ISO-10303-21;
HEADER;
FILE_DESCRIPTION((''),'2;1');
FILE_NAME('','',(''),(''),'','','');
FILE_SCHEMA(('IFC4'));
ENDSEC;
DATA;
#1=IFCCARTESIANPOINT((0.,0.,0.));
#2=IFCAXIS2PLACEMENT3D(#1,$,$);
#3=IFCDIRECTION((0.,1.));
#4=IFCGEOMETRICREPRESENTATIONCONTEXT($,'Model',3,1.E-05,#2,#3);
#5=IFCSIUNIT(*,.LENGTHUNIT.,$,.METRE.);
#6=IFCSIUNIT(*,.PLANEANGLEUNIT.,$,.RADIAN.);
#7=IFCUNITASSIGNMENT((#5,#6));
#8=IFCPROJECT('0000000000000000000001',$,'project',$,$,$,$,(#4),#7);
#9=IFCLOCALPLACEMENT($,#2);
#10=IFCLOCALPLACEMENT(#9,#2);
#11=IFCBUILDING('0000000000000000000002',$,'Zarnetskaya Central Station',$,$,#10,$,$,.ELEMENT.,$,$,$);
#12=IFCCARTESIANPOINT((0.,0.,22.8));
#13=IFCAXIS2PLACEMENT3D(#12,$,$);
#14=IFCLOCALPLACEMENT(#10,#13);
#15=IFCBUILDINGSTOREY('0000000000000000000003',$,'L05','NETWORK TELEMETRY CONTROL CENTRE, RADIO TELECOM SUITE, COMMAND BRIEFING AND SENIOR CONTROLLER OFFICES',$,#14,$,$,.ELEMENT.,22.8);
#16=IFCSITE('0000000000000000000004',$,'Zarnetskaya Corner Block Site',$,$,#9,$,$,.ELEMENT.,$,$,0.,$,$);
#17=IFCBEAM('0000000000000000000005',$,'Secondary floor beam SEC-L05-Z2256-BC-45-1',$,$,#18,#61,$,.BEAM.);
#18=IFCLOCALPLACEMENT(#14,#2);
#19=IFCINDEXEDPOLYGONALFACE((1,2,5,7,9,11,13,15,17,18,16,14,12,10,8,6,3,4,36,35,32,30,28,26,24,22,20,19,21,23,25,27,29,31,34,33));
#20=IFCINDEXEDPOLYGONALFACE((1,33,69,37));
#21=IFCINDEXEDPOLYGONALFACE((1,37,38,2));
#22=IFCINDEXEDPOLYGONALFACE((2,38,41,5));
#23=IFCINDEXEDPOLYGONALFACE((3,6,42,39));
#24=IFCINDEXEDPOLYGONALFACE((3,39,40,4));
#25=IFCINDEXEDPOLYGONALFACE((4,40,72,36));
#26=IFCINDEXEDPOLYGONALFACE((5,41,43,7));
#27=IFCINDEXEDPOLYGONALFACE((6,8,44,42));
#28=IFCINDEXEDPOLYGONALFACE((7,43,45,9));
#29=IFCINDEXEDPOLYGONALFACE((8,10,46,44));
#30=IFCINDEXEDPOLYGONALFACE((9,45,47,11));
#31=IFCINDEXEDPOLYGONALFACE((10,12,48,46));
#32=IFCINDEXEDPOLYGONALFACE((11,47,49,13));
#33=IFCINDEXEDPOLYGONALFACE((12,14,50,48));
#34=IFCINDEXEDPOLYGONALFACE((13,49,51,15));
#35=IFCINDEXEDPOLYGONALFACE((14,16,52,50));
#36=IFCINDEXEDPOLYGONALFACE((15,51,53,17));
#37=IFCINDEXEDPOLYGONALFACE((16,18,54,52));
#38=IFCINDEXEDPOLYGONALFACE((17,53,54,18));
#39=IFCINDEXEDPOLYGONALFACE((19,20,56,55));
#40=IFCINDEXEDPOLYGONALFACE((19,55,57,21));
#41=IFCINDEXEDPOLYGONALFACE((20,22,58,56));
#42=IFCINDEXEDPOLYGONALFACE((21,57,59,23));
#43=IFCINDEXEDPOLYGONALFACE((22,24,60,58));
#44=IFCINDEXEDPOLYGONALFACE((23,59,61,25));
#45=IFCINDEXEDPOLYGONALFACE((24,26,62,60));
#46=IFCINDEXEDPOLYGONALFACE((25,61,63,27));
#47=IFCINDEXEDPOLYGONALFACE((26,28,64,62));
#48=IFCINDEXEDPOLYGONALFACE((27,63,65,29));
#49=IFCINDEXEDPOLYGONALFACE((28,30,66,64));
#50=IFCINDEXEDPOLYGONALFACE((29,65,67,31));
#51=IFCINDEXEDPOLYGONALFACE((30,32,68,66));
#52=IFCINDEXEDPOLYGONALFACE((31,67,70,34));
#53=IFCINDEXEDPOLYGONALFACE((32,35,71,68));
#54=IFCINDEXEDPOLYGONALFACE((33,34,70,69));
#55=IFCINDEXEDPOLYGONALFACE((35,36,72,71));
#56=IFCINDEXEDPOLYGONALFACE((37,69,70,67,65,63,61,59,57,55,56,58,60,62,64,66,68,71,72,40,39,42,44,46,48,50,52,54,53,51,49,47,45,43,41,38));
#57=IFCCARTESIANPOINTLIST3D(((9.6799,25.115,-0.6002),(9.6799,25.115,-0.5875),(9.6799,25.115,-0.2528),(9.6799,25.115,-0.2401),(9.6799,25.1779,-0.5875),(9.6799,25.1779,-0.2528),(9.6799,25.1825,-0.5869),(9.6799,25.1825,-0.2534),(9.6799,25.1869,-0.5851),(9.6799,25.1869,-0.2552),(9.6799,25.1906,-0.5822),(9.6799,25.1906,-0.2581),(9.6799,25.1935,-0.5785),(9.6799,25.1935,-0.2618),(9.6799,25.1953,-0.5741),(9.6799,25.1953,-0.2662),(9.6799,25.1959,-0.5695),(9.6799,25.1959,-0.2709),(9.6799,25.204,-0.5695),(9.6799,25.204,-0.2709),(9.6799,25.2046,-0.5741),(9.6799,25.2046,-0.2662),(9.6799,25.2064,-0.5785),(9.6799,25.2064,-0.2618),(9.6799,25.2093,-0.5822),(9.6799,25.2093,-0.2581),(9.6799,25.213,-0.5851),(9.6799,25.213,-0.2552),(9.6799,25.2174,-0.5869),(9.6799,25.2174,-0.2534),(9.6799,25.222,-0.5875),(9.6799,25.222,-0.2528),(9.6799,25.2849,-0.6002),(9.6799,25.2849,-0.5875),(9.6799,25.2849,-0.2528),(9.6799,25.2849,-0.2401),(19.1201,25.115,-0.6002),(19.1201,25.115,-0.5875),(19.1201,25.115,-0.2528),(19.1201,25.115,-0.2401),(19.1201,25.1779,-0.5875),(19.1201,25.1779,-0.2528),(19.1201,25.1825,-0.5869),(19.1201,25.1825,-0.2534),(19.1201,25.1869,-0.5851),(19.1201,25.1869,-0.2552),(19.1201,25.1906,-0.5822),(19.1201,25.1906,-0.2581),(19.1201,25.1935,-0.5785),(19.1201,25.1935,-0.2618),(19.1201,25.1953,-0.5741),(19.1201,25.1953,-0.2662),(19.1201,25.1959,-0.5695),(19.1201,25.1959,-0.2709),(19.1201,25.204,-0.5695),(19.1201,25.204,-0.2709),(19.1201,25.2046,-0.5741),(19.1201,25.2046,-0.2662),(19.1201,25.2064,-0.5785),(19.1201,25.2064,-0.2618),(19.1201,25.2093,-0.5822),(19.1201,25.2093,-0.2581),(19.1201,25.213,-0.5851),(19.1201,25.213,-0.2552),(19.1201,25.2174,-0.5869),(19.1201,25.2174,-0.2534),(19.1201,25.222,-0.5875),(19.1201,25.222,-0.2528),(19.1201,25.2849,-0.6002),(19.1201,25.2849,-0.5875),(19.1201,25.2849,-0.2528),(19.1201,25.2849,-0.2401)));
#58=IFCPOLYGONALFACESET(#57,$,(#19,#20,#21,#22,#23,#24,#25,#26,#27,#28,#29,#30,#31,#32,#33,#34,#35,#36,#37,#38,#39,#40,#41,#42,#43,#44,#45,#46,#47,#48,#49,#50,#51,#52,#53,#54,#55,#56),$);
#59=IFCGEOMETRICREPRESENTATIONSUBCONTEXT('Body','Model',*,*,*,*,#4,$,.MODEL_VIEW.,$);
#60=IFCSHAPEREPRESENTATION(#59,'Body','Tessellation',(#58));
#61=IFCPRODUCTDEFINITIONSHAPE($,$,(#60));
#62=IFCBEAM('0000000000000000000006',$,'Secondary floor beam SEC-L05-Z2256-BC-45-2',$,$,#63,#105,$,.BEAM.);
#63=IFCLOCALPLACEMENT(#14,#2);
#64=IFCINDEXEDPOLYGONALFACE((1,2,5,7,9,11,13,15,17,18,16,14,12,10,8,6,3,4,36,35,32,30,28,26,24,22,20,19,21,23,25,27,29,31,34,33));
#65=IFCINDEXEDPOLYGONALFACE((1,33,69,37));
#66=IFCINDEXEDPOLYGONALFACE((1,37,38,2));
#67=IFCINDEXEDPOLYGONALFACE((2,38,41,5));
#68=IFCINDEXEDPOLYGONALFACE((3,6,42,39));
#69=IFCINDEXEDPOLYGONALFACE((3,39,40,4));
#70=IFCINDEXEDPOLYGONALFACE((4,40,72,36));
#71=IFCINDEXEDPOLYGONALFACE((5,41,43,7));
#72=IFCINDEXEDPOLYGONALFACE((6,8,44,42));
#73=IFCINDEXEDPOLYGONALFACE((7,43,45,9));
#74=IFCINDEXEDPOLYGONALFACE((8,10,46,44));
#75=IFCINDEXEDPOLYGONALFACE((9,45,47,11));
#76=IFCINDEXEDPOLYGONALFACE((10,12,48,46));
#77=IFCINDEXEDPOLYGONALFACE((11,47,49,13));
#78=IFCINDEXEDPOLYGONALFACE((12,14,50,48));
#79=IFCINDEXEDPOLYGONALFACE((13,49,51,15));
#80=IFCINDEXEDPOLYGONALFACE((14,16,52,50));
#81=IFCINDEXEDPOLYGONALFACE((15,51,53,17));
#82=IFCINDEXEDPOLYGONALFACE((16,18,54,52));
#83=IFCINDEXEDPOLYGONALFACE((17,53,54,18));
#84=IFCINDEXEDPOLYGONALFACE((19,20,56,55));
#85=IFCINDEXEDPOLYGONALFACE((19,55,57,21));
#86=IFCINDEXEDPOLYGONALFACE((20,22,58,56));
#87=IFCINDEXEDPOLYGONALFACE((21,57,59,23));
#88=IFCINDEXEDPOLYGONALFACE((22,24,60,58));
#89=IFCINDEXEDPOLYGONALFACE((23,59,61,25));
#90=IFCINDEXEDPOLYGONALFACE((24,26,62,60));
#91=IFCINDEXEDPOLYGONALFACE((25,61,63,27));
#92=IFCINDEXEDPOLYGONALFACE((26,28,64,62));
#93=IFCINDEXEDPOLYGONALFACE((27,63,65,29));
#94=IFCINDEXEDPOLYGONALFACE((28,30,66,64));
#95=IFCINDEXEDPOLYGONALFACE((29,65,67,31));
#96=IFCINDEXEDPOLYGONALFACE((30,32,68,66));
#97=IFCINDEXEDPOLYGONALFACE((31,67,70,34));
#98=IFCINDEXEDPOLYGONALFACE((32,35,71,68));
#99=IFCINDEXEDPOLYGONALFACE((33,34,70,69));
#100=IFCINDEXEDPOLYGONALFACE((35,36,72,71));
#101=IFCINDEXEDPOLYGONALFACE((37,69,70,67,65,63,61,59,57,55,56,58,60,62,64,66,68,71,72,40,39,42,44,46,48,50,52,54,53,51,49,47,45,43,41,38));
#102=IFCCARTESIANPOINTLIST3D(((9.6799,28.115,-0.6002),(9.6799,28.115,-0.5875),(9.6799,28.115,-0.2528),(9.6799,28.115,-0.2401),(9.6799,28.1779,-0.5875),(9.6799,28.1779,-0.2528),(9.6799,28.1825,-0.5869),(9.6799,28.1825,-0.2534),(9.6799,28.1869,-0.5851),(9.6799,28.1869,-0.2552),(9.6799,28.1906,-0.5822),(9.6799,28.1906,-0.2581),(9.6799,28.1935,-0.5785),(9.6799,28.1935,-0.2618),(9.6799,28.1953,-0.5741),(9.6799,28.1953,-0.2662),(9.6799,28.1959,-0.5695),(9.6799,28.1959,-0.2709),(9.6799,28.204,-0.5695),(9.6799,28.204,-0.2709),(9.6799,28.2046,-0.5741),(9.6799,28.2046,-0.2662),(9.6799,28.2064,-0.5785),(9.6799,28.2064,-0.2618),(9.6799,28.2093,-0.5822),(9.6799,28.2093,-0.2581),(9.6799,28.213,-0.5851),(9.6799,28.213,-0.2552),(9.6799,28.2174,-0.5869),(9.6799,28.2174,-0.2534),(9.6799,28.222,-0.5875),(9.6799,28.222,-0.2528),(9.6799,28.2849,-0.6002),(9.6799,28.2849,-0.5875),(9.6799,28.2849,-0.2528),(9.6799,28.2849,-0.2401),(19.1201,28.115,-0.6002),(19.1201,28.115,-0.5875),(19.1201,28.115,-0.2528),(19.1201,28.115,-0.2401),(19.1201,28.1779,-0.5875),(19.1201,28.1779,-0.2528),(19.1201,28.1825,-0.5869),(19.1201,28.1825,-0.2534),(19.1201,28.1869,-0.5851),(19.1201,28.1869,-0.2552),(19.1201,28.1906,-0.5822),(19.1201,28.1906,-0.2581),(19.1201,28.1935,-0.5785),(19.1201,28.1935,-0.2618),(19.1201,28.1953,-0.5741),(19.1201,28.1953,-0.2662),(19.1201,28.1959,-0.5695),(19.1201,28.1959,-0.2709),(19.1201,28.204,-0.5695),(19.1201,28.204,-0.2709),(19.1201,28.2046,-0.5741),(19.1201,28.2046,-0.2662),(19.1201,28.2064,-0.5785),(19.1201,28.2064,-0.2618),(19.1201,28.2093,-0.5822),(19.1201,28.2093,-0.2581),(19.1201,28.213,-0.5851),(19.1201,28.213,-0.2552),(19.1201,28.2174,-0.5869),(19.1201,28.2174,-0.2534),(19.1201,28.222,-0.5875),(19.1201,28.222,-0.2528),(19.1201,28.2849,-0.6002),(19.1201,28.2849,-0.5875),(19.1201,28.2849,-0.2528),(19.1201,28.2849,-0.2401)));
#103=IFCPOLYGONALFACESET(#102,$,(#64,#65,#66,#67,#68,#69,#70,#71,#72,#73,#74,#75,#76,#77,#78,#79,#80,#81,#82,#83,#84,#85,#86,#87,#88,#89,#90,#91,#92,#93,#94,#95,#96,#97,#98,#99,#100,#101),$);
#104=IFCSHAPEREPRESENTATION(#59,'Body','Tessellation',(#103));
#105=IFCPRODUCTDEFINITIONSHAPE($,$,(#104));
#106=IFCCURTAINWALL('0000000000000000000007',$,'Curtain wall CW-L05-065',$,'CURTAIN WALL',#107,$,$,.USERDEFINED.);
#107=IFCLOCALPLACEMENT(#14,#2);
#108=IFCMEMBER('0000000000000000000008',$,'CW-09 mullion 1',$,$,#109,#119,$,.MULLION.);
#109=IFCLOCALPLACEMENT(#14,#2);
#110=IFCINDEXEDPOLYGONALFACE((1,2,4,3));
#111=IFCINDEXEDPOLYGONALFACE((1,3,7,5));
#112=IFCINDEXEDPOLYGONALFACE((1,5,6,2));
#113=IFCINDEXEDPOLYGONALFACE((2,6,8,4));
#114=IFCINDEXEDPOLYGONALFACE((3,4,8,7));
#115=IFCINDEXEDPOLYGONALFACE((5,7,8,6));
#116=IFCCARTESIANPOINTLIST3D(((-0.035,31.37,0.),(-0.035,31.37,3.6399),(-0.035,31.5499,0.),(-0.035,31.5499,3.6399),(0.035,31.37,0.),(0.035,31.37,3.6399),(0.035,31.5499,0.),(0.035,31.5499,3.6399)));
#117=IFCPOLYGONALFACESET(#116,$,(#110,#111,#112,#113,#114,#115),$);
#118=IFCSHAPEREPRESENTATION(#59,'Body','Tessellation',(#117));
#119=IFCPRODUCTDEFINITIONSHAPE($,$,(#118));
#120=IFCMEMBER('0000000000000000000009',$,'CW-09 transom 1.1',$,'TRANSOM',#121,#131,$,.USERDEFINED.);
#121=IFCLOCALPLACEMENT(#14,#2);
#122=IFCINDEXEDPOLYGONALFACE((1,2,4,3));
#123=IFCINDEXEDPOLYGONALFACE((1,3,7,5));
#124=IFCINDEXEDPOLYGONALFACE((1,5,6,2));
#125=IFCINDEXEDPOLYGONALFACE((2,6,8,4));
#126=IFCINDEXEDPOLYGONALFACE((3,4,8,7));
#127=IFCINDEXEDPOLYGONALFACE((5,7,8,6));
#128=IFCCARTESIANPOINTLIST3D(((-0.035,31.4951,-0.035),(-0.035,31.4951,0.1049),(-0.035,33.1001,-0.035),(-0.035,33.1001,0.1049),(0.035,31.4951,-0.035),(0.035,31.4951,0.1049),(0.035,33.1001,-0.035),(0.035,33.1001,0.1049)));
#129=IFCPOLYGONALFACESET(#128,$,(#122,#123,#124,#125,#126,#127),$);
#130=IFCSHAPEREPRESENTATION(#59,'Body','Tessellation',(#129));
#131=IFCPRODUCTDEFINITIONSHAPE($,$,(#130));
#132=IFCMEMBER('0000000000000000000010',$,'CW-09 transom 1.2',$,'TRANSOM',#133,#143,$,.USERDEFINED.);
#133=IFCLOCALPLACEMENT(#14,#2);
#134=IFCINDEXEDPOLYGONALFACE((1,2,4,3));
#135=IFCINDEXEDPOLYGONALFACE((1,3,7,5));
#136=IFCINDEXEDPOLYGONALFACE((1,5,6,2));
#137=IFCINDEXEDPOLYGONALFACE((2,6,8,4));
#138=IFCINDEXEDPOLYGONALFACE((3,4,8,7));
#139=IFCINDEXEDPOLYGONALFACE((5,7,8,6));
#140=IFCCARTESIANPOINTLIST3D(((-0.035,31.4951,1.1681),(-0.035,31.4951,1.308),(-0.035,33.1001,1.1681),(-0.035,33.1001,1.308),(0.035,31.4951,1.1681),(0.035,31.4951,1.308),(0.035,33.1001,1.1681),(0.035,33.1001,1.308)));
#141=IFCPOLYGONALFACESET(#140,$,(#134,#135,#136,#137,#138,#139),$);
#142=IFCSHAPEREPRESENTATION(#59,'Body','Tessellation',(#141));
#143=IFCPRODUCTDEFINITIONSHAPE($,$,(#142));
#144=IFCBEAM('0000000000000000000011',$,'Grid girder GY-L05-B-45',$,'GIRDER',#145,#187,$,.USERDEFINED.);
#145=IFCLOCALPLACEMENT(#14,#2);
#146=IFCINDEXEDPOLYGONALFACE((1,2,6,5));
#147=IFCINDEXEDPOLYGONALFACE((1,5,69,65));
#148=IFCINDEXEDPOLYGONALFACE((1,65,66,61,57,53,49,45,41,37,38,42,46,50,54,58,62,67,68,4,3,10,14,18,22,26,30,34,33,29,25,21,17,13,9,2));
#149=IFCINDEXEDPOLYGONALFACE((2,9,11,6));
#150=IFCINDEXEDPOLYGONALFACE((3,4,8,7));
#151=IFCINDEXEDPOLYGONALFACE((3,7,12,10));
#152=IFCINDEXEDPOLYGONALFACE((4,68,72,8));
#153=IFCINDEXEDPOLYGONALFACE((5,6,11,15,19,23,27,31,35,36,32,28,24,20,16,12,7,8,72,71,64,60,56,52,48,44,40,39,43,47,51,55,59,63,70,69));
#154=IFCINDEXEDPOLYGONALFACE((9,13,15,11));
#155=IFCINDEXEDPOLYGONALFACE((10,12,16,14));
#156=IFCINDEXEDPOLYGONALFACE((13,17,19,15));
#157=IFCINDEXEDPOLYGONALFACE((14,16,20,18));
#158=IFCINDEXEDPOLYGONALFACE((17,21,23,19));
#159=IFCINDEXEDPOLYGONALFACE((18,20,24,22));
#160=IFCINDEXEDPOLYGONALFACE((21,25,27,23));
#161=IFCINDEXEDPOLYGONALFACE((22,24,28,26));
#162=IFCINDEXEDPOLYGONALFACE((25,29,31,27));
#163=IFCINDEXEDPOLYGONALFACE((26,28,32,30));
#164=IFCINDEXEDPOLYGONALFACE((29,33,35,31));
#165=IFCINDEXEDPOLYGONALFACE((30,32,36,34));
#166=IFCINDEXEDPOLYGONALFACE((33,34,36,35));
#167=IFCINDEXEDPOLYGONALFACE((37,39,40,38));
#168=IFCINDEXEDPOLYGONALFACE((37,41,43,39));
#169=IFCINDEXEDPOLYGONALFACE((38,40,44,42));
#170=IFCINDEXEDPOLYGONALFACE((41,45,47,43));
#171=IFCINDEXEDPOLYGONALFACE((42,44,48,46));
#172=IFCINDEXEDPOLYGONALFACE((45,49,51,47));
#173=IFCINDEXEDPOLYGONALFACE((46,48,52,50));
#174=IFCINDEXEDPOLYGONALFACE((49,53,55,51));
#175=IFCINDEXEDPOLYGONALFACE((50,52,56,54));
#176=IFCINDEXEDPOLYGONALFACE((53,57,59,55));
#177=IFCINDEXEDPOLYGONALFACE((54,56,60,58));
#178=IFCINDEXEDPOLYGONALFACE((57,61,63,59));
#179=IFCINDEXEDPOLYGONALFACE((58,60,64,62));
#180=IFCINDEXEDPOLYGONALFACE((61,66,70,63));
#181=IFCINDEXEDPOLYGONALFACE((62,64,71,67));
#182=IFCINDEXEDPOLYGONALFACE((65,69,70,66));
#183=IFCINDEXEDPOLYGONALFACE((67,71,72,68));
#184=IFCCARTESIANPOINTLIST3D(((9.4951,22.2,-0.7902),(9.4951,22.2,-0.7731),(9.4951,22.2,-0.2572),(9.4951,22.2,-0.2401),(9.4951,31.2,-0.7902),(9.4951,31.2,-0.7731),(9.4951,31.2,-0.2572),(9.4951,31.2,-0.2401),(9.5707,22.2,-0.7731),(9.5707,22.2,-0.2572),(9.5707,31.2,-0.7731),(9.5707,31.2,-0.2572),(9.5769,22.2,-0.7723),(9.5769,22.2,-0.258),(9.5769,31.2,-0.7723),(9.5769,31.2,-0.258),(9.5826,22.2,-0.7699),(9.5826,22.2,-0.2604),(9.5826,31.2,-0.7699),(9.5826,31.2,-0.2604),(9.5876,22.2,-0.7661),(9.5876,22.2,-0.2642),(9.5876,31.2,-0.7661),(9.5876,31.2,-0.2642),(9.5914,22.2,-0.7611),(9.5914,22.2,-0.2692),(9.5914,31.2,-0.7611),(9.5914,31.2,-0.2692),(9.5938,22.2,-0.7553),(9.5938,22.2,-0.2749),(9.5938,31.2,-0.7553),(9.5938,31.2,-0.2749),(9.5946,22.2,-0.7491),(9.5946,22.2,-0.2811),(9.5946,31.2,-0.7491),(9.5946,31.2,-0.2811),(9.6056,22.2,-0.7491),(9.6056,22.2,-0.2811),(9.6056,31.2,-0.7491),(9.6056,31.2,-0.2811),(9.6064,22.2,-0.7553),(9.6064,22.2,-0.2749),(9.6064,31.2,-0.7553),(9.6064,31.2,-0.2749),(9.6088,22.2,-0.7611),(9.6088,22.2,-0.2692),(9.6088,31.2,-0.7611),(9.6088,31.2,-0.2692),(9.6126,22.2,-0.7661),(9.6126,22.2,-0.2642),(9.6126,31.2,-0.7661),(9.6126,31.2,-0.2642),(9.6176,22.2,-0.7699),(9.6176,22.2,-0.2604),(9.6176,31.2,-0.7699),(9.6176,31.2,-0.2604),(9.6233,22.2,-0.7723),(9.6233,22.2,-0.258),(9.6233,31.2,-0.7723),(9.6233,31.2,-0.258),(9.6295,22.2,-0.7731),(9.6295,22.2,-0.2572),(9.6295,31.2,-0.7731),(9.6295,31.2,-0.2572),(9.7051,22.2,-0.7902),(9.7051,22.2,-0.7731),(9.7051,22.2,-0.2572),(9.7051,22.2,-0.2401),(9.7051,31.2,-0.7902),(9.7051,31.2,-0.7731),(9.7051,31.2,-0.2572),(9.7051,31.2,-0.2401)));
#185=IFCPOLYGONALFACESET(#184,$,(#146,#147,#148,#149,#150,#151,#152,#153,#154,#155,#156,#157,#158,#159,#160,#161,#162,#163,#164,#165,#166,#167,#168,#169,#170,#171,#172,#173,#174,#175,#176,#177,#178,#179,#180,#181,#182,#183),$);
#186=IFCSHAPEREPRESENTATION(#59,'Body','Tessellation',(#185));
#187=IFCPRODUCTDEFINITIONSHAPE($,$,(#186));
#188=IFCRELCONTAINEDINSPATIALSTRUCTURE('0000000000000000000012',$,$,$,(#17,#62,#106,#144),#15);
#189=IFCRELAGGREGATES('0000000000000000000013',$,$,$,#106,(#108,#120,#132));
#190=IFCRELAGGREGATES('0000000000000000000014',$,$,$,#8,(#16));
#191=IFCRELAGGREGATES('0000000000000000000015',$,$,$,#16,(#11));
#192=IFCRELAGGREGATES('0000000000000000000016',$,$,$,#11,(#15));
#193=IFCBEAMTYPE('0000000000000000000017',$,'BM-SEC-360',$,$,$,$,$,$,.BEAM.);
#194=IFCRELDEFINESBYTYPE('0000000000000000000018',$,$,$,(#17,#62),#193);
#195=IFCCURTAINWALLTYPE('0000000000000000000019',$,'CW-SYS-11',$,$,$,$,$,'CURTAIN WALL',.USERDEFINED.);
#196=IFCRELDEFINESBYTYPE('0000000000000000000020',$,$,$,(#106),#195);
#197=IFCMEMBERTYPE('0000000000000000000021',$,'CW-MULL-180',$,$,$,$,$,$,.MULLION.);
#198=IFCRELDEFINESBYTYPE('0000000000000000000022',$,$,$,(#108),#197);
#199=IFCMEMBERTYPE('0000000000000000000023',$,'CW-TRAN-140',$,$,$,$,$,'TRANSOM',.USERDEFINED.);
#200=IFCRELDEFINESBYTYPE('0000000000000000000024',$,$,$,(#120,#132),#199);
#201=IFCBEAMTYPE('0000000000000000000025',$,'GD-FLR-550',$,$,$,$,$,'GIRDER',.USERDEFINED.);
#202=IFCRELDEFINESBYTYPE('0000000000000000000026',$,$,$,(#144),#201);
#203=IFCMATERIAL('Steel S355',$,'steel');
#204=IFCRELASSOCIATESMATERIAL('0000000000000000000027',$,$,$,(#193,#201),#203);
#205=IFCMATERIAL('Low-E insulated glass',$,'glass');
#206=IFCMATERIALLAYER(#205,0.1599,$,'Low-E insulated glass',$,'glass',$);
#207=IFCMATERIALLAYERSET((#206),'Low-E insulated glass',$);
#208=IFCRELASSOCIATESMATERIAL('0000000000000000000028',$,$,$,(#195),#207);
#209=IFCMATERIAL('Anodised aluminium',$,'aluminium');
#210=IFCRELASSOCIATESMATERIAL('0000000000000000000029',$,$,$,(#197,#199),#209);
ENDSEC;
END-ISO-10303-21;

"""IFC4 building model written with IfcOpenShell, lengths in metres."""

from ifc_helpers import new_model, si_unit, direction, frame, origin, origin_2d, place, context, subcontext, project, spatial, rectangle, i_section, extrude, material, layer, layer_set, material_profile, profile_set, type_object, element, aggregate, save


model = new_model("IFC4")

# Units and contexts
model_context = context("Model", 3, precision=1e-05, world=origin(), true_north=direction((0.0, 1.0)))
body_context = subcontext(model_context, "Body", "Model", "MODEL_VIEW")
ifc_project = project(units=[si_unit("LENGTHUNIT", "METRE"), si_unit("PLANEANGLEUNIT", "RADIAN")], contexts=[model_context])

# Site, building, storey
site_placement = place(None, origin())
site = spatial("IfcSite", under=ifc_project, at=site_placement, Name="Zarnetskaya Corner Block Site", CompositionType="ELEMENT", RefElevation=0.0)
building_placement = place(site_placement, origin())
building = spatial("IfcBuilding", under=site, at=building_placement, Name="Zarnetskaya Central Station", CompositionType="ELEMENT")
storey_placement = place(building_placement, frame((0.0, 0.0, 22.8)))
storey = spatial("IfcBuildingStorey", under=building, at=storey_placement, Name="L05", Description="NETWORK TELEMETRY CONTROL CENTRE, RADIO TELECOM SUITE, COMMAND BRIEFING AND SENIOR CONTROLLER OFFICES", CompositionType="ELEMENT", Elevation=22.8)

# Shared definitions
ifc_material_1 = material(Name="Steel S355", Category="steel")

# Beams
ifc_material_profile_1 = material_profile(ifc_material_1, i_section(OverallWidth=0.1699, OverallDepth=0.3601, WebThickness=0.0081, FlangeThickness=0.0127, FilletRadius=0.0181, at=origin_2d()), Name="IPE 360")
ifc_profile_set_1 = profile_set([ifc_material_profile_1], Name="Steel S355")
beam_type_1 = type_object("IfcBeamType", Name="BM-SEC-360", PredefinedType="BEAM", material=ifc_profile_set_1)
for number, where, z_axis, x_axis, name in (
    (1, (9.6799, 25.2, -0.4202), (1.0, 0.0, 0.0), (0.0, 1.0, 0.0), "Secondary floor beam SEC-L05-Z2256-BC-45-1"),
    (2, (9.6799, 28.2, -0.4202), (1.0, 0.0, 0.0), (0.0, 1.0, 0.0), "Secondary floor beam SEC-L05-Z2256-BC-45-2"),
):
    element("IfcBeam", number, at=place(storey_placement, frame(where, z_axis=z_axis, x_axis=x_axis)), inside=storey, type_object=beam_type_1, Name=name, PredefinedType="BEAM", context=body_context, shape_type="SweptSolid", body=[
        extrude(i_section(OverallWidth=0.1699, OverallDepth=0.3601, WebThickness=0.0081, FlangeThickness=0.0127, FilletRadius=0.0181, at=origin_2d()), origin(), (0.0, 0.0, 1.0), 9.4402),
    ])

# Curtain wall, members
ifc_material_2 = material(Name="Low-E insulated glass", Category="glass")
ifc_layer_1 = layer(ifc_material_2, 0.1599, Name="Low-E insulated glass", Category="glass")
ifc_layer_set_1 = layer_set([ifc_layer_1], Name="Low-E insulated glass")
curtain_wall_type = type_object("IfcCurtainWallType", Name="CW-SYS-11", ElementType="CURTAIN WALL", PredefinedType="USERDEFINED", material=ifc_layer_set_1)
curtain_wall_placement = place(storey_placement, origin())
curtain_wall = element("IfcCurtainWall", 3, at=curtain_wall_placement, inside=storey, type_object=curtain_wall_type, Name="Curtain wall CW-L05-065", ObjectType="CURTAIN WALL", PredefinedType="USERDEFINED")
ifc_material_3 = material(Name="Anodised aluminium", Category="aluminium")
ifc_material_profile_2 = material_profile(ifc_material_3, rectangle(XDim=0.0701, YDim=0.1799, at=origin_2d()), Name="ALU MULL 70x180")
ifc_profile_set_2 = profile_set([ifc_material_profile_2], Name="Anodised aluminium")
member_type_1 = type_object("IfcMemberType", Name="CW-MULL-180", PredefinedType="MULLION", material=ifc_profile_set_2)
member_1_placement = place(storey_placement, frame((0.0, 31.46, 0.0), z_axis=(0.0, 0.0, 1.0), x_axis=(-1.0, 0.0, 0.0)))
member_1 = element("IfcMember", 4, at=member_1_placement, type_object=member_type_1, Name="CW-09 mullion 1", PredefinedType="MULLION", context=body_context, shape_type="SweptSolid", body=[
    extrude(rectangle(XDim=0.0701, YDim=0.1799, at=origin_2d()), origin(), (0.0, 0.0, 1.0), 3.6399),
])
ifc_material_profile_3 = material_profile(ifc_material_3, rectangle(XDim=0.0701, YDim=0.1399, at=origin_2d()), Name="ALU TRAN 70x140")
ifc_profile_set_3 = profile_set([ifc_material_profile_3], Name="Anodised aluminium")
member_type_2 = type_object("IfcMemberType", Name="CW-TRAN-140", ElementType="TRANSOM", PredefinedType="USERDEFINED", material=ifc_profile_set_3)
member_2_placement = place(storey_placement, frame((0.0, 31.4951, 0.0349), z_axis=(0.0, 1.0, 0.0), x_axis=(-1.0, 0.0, 0.0)))
member_2 = element("IfcMember", 5, at=member_2_placement, type_object=member_type_2, Name="CW-09 transom 1.1", ObjectType="TRANSOM", PredefinedType="USERDEFINED", context=body_context, shape_type="SweptSolid", body=[
    extrude(rectangle(XDim=0.0701, YDim=0.1399, at=origin_2d()), origin(), (0.0, 0.0, 1.0), 1.605),
])
member_3_placement = place(storey_placement, frame((0.0, 31.4951, 1.238), z_axis=(0.0, 1.0, 0.0), x_axis=(-1.0, 0.0, 0.0)))
member_3 = element("IfcMember", 6, at=member_3_placement, type_object=member_type_2, Name="CW-09 transom 1.2", ObjectType="TRANSOM", PredefinedType="USERDEFINED", context=body_context, shape_type="SweptSolid", body=[
    extrude(rectangle(XDim=0.0701, YDim=0.1399, at=origin_2d()), origin(), (0.0, 0.0, 1.0), 1.605),
])
aggregate(curtain_wall, [member_1, member_2, member_3])

# Beam
ifc_material_profile_4 = material_profile(ifc_material_1, i_section(OverallWidth=0.21, OverallDepth=0.55, WebThickness=0.011, FlangeThickness=0.0171, FilletRadius=0.0239, at=origin_2d()), Name="IPE 550")
ifc_profile_set_4 = profile_set([ifc_material_profile_4], Name="Steel S355")
beam_type_2 = type_object("IfcBeamType", Name="GD-FLR-550", ElementType="GIRDER", PredefinedType="USERDEFINED", material=ifc_profile_set_4)
for number, where, z_axis, x_axis, name in (
    (7, (9.6001, 22.2, -0.5151), (0.0, 1.0, 0.0), (-1.0, 0.0, 0.0), "Grid girder GY-L05-B-45"),
):
    element("IfcBeam", number, at=place(storey_placement, frame(where, z_axis=z_axis, x_axis=x_axis)), inside=storey, type_object=beam_type_2, Name=name, ObjectType="GIRDER", PredefinedType="USERDEFINED", context=body_context, shape_type="SweptSolid", body=[
        extrude(i_section(OverallWidth=0.21, OverallDepth=0.55, WebThickness=0.011, FlangeThickness=0.0171, FilletRadius=0.0239, at=origin_2d()), origin(), (0.0, 0.0, 1.0), 9.0),
    ])

save(model, "model.ifc")
